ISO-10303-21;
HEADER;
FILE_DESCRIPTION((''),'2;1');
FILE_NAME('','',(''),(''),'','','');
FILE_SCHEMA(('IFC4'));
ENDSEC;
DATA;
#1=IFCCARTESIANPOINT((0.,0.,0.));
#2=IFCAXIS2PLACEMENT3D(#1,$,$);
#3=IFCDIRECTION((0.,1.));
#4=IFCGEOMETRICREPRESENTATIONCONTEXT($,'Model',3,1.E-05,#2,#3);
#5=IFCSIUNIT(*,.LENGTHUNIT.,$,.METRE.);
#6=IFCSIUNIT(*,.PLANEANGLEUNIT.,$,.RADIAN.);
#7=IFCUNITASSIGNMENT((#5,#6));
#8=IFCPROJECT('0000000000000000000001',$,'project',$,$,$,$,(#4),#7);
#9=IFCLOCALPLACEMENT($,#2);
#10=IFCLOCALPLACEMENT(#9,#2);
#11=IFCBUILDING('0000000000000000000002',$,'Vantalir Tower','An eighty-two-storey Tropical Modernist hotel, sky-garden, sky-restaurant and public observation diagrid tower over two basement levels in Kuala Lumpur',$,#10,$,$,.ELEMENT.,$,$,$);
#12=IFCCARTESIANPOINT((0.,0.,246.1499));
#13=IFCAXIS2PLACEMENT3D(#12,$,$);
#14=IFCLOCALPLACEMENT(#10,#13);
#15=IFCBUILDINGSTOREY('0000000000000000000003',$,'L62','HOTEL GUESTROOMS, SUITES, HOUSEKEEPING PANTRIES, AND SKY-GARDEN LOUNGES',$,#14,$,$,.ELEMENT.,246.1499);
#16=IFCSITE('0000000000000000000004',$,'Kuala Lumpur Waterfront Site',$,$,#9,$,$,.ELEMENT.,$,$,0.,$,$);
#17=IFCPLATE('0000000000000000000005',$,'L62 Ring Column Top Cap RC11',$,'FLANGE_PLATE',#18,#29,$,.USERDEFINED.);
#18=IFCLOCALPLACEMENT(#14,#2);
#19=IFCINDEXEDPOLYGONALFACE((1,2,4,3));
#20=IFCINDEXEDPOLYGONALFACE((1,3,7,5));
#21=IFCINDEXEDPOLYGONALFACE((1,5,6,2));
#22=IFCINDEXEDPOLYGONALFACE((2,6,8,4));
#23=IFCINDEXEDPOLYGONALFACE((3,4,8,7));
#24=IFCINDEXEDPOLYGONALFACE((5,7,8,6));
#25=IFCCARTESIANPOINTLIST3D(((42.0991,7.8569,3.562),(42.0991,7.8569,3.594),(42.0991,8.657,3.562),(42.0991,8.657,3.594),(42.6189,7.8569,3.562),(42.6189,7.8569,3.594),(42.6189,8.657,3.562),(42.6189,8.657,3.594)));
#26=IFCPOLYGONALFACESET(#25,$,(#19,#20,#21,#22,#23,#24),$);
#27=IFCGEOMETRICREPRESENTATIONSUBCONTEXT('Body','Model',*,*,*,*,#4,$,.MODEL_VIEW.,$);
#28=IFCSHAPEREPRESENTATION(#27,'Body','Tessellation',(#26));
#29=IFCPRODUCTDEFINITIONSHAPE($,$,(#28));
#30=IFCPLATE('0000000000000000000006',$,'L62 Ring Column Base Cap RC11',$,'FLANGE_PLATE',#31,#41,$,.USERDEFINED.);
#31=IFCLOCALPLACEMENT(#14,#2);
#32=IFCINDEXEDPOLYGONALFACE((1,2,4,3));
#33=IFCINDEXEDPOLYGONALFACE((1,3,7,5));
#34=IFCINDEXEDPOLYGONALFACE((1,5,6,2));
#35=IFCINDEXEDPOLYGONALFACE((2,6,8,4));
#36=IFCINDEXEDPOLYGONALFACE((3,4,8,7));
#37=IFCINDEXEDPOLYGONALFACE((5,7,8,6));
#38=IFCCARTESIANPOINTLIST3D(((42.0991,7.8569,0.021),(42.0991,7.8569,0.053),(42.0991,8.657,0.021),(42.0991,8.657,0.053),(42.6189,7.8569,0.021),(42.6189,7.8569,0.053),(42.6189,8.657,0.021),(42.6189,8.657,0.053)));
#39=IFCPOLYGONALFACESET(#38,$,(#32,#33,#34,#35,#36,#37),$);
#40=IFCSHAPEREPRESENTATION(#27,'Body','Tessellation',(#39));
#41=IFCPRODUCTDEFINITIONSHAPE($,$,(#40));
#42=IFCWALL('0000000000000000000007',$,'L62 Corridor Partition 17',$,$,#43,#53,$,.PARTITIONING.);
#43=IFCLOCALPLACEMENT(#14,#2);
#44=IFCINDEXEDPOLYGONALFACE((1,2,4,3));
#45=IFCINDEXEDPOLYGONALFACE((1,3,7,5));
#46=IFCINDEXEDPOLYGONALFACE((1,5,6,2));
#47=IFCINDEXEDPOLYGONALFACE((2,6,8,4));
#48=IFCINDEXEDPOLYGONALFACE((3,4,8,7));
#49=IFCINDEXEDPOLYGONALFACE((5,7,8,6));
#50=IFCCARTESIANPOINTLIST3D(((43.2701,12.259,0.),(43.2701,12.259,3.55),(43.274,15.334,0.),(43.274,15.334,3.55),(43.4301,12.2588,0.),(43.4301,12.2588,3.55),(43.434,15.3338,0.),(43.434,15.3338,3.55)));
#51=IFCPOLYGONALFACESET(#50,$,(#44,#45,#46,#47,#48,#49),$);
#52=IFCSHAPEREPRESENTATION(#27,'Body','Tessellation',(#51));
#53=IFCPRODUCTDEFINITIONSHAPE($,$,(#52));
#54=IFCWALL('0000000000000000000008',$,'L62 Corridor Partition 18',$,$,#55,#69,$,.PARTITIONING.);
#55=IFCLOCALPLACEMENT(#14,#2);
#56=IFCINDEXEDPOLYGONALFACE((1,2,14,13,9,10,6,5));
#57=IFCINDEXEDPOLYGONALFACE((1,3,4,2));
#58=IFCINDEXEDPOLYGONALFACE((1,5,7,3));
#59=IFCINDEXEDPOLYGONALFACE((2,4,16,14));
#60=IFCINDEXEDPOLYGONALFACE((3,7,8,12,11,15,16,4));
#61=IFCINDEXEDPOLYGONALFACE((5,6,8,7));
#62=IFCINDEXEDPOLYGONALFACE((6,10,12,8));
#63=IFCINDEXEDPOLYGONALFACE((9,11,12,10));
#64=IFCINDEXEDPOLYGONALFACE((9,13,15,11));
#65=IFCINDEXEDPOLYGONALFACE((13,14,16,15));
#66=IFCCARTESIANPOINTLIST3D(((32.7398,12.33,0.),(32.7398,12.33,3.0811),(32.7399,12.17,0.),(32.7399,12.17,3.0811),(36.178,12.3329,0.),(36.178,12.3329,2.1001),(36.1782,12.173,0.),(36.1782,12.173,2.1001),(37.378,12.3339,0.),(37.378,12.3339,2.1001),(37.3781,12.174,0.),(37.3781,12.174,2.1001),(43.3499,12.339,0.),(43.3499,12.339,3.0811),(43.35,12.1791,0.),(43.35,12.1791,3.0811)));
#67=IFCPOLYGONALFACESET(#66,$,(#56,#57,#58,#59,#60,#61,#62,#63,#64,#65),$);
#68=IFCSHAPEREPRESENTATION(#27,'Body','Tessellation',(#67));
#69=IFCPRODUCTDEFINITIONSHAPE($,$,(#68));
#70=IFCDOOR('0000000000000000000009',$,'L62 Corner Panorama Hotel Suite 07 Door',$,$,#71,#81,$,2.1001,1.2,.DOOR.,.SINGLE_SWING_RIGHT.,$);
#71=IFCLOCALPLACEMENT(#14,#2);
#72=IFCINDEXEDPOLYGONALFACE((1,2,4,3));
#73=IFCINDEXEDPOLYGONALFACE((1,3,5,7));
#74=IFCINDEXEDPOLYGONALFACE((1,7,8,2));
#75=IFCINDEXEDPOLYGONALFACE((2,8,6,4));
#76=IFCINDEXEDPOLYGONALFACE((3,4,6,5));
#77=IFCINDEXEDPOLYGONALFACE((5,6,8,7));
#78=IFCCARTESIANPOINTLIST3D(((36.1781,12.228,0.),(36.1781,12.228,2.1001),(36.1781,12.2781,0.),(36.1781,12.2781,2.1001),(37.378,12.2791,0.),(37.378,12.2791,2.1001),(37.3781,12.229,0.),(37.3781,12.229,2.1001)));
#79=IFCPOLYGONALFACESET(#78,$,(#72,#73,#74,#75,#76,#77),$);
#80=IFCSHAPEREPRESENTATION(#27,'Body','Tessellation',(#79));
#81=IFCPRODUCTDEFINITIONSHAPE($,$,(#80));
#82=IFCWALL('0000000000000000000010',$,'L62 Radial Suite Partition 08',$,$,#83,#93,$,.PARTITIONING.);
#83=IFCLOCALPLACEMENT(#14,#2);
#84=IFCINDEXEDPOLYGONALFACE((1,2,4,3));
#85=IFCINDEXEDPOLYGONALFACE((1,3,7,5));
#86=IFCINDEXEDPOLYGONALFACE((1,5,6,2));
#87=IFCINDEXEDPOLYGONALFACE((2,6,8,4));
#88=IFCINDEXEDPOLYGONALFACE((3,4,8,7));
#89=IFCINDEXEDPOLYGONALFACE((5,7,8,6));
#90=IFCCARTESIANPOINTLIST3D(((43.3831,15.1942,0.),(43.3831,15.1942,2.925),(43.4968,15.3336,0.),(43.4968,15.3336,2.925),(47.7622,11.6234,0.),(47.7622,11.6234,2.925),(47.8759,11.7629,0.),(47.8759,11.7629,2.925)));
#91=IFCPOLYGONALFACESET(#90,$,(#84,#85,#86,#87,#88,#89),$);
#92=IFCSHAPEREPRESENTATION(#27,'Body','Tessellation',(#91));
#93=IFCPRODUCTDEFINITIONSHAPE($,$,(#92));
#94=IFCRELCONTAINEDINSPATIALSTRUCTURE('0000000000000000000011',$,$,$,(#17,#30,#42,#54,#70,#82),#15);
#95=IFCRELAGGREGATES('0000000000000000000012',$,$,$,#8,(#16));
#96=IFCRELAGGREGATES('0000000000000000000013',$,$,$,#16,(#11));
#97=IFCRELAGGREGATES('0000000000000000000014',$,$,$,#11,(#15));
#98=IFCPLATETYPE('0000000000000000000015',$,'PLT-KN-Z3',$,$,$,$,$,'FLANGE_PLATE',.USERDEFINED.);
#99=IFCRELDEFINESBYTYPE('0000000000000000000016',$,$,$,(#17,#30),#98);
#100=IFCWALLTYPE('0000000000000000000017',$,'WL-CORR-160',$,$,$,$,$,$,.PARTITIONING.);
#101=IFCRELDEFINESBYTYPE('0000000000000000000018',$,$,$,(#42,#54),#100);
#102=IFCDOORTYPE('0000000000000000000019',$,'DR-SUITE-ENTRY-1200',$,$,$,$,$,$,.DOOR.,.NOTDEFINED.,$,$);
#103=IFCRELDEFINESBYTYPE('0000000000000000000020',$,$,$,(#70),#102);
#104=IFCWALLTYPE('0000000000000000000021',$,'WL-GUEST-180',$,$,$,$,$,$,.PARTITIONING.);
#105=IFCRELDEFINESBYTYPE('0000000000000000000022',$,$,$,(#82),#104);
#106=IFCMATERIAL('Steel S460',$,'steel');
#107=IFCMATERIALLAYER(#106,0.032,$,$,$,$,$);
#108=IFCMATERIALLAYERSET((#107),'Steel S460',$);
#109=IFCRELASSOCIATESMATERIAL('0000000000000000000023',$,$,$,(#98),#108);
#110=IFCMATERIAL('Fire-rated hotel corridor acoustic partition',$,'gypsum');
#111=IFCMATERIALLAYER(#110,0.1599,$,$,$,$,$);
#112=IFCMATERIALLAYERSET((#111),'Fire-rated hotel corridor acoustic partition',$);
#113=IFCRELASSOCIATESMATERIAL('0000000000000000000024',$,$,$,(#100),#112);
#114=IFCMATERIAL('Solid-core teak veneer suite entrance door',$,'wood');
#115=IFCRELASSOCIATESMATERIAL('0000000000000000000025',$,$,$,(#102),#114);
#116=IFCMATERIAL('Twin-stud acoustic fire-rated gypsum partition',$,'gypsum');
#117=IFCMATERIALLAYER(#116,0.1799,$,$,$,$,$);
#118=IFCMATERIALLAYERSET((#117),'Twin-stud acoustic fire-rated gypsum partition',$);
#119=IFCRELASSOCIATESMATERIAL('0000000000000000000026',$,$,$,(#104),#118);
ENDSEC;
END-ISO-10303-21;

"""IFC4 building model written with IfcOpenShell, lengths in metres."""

from ifc_helpers import new_model, si_unit, direction, frame, frame_2d, origin, place, context, subcontext, project, spatial, polyline, rectangle, outline, extrude, material, layer, layer_set, type_object, element, fill, save


model = new_model("IFC4")

# Units and contexts
model_context = context("Model", 3, precision=1e-05, world=origin(), true_north=direction((0.0, 1.0)))
body_context = subcontext(model_context, "Body", "Model", "MODEL_VIEW")
ifc_project = project(units=[si_unit("LENGTHUNIT", "METRE"), si_unit("PLANEANGLEUNIT", "RADIAN")], contexts=[model_context])

# Site, building, storey
site_placement = place(None, origin())
site = spatial("IfcSite", under=ifc_project, at=site_placement, Name="Kuala Lumpur Waterfront Site", CompositionType="ELEMENT", RefElevation=0.0)
building_placement = place(site_placement, origin())
building = spatial("IfcBuilding", under=site, at=building_placement, Name="Vantalir Tower", Description="An eighty-two-storey Tropical Modernist hotel, sky-garden, sky-restaurant and public observation diagrid tower over two basement levels in Kuala Lumpur", CompositionType="ELEMENT")
storey_placement = place(building_placement, frame((0.0, 0.0, 246.1499)))
storey = spatial("IfcBuildingStorey", under=building, at=storey_placement, Name="L62", Description="HOTEL GUESTROOMS, SUITES, HOUSEKEEPING PANTRIES, AND SKY-GARDEN LOUNGES", CompositionType="ELEMENT", Elevation=246.1499)

# Shared definitions
ifc_material_1 = material(Name="Steel S460", Category="steel")

# Plates
ifc_layer_1 = layer(ifc_material_1, 0.032)
ifc_layer_set_1 = layer_set([ifc_layer_1], Name="Steel S460")
plate_type_1 = type_object("IfcPlateType", Name="PLT-KN-Z3", ElementType="FLANGE_PLATE", PredefinedType="USERDEFINED", material=ifc_layer_set_1)
for number, where, z_axis, x_axis, name in (
    (1, (42.0991, 8.657, 3.594), (0.0, 0.0, 1.0), (0.0, -1.0, 0.0), "L62 Ring Column Top Cap RC11"),
    (2, (42.0991, 8.657, 0.053), (0.0, 0.0, 1.0), (0.0, -1.0, 0.0), "L62 Ring Column Base Cap RC11"),
):
    element("IfcPlate", number, at=place(storey_placement, frame(where, z_axis=z_axis, x_axis=x_axis)), inside=storey, type_object=plate_type_1, Name=name, ObjectType="FLANGE_PLATE", PredefinedType="USERDEFINED", context=body_context, shape_type="SweptSolid", body=[
        extrude(outline(polyline([(0.0, 0.0), (0.8, 0.0), (0.8, 0.5198), (0.0, 0.5198), (0.0, 0.0)])), origin(), (0.0, 0.0, -1.0), 0.032),
    ])

# Wall
ifc_material_2 = material(Name="Fire-rated hotel corridor acoustic partition", Category="gypsum")
ifc_layer_2 = layer(ifc_material_2, 0.1599)
ifc_layer_set_2 = layer_set([ifc_layer_2], Name="Fire-rated hotel corridor acoustic partition")
wall_type_1 = type_object("IfcWallType", Name="WL-CORR-160", PredefinedType="PARTITIONING", material=ifc_layer_set_2)
wall_1_placement = place(storey_placement, frame((43.354, 15.334, 0.0), z_axis=(0.0, 0.0, 1.0), x_axis=(-0.00127, -0.999999, 0.0)))
element("IfcWall", 3, at=wall_1_placement, inside=storey, type_object=wall_type_1, Name="L62 Corridor Partition 17", PredefinedType="PARTITIONING", context=body_context, shape_type="SweptSolid", body=[
    extrude(rectangle(XDim=3.075, YDim=0.1599, at=frame_2d((1.5376, 0.0))), origin(), (0.0, 0.0, 1.0), 3.55),
])

# Wall, opening, door
wall_2_placement = place(storey_placement, frame((43.3501, 12.259, 0.0), z_axis=(0.0, 0.0, 1.0), x_axis=(-1.0, -0.000851, 0.0)))
wall_2 = element("IfcWall", 4, at=wall_2_placement, inside=storey, type_object=wall_type_1, Name="L62 Corridor Partition 18", PredefinedType="PARTITIONING", context=body_context, shape_type="SweptSolid", body=[
    extrude(rectangle(XDim=10.6101, YDim=0.1599, at=frame_2d((5.3052, 0.0))), origin(), (0.0, 0.0, 1.0), 3.0811),
])
opening_placement = place(wall_2_placement, frame((5.9719, 0.0, 0.0)))
opening = element("IfcOpeningElement", 5, at=opening_placement, cuts=wall_2, PredefinedType="OPENING", context=body_context, shape_type="SweptSolid", body=[
    extrude(rectangle(XDim=1.2, YDim=2.1001, at=frame_2d((0.6001, 1.05))), frame((0.0, 0.0898, 0.0), z_axis=(0.0, -1.0, 0.0), x_axis=(1.0, 0.0, 0.0)), (0.0, 0.0, 1.0), 0.1799),
])
ifc_material_3 = material(Name="Solid-core teak veneer suite entrance door", Category="wood")
door_type = type_object("IfcDoorType", Name="DR-SUITE-ENTRY-1200", OperationType="NOTDEFINED", PredefinedType="DOOR", material=ifc_material_3)
door_placement = place(opening_placement, origin())
door = element("IfcDoor", 6, at=door_placement, inside=storey, type_object=door_type, Name="L62 Corner Panorama Hotel Suite 07 Door", OperationType="SINGLE_SWING_RIGHT", OverallHeight=2.1001, OverallWidth=1.2, PredefinedType="DOOR", context=body_context, shape_type="SweptSolid", body=[
    extrude(rectangle(XDim=1.2, YDim=2.1001, at=frame_2d((0.6001, 1.05))), frame((0.0, 0.0249, 0.0), z_axis=(0.0, -1.0, 0.0), x_axis=(1.0, 0.0, 0.0)), (0.0, 0.0, 1.0), 0.05),
])
fill(opening, door)

# Wall
ifc_material_4 = material(Name="Twin-stud acoustic fire-rated gypsum partition", Category="gypsum")
ifc_layer_3 = layer(ifc_material_4, 0.1799)
ifc_layer_set_3 = layer_set([ifc_layer_3], Name="Twin-stud acoustic fire-rated gypsum partition")
wall_type_2 = type_object("IfcWallType", Name="WL-GUEST-180", PredefinedType="PARTITIONING", material=ifc_layer_set_3)
wall_3_placement = place(storey_placement, frame((43.4399, 15.2639, 0.0), z_axis=(0.0, 0.0, 1.0), x_axis=(0.775009, -0.63195, 0.0)))
element("IfcWall", 7, at=wall_3_placement, inside=storey, type_object=wall_type_2, Name="L62 Radial Suite Partition 08", PredefinedType="PARTITIONING", context=body_context, shape_type="SweptSolid", body=[
    extrude(rectangle(XDim=5.6504, YDim=0.1799, at=frame_2d((2.8252, 0.0))), origin(), (0.0, 0.0, 1.0), 2.925),
])

save(model, "model.ifc")
